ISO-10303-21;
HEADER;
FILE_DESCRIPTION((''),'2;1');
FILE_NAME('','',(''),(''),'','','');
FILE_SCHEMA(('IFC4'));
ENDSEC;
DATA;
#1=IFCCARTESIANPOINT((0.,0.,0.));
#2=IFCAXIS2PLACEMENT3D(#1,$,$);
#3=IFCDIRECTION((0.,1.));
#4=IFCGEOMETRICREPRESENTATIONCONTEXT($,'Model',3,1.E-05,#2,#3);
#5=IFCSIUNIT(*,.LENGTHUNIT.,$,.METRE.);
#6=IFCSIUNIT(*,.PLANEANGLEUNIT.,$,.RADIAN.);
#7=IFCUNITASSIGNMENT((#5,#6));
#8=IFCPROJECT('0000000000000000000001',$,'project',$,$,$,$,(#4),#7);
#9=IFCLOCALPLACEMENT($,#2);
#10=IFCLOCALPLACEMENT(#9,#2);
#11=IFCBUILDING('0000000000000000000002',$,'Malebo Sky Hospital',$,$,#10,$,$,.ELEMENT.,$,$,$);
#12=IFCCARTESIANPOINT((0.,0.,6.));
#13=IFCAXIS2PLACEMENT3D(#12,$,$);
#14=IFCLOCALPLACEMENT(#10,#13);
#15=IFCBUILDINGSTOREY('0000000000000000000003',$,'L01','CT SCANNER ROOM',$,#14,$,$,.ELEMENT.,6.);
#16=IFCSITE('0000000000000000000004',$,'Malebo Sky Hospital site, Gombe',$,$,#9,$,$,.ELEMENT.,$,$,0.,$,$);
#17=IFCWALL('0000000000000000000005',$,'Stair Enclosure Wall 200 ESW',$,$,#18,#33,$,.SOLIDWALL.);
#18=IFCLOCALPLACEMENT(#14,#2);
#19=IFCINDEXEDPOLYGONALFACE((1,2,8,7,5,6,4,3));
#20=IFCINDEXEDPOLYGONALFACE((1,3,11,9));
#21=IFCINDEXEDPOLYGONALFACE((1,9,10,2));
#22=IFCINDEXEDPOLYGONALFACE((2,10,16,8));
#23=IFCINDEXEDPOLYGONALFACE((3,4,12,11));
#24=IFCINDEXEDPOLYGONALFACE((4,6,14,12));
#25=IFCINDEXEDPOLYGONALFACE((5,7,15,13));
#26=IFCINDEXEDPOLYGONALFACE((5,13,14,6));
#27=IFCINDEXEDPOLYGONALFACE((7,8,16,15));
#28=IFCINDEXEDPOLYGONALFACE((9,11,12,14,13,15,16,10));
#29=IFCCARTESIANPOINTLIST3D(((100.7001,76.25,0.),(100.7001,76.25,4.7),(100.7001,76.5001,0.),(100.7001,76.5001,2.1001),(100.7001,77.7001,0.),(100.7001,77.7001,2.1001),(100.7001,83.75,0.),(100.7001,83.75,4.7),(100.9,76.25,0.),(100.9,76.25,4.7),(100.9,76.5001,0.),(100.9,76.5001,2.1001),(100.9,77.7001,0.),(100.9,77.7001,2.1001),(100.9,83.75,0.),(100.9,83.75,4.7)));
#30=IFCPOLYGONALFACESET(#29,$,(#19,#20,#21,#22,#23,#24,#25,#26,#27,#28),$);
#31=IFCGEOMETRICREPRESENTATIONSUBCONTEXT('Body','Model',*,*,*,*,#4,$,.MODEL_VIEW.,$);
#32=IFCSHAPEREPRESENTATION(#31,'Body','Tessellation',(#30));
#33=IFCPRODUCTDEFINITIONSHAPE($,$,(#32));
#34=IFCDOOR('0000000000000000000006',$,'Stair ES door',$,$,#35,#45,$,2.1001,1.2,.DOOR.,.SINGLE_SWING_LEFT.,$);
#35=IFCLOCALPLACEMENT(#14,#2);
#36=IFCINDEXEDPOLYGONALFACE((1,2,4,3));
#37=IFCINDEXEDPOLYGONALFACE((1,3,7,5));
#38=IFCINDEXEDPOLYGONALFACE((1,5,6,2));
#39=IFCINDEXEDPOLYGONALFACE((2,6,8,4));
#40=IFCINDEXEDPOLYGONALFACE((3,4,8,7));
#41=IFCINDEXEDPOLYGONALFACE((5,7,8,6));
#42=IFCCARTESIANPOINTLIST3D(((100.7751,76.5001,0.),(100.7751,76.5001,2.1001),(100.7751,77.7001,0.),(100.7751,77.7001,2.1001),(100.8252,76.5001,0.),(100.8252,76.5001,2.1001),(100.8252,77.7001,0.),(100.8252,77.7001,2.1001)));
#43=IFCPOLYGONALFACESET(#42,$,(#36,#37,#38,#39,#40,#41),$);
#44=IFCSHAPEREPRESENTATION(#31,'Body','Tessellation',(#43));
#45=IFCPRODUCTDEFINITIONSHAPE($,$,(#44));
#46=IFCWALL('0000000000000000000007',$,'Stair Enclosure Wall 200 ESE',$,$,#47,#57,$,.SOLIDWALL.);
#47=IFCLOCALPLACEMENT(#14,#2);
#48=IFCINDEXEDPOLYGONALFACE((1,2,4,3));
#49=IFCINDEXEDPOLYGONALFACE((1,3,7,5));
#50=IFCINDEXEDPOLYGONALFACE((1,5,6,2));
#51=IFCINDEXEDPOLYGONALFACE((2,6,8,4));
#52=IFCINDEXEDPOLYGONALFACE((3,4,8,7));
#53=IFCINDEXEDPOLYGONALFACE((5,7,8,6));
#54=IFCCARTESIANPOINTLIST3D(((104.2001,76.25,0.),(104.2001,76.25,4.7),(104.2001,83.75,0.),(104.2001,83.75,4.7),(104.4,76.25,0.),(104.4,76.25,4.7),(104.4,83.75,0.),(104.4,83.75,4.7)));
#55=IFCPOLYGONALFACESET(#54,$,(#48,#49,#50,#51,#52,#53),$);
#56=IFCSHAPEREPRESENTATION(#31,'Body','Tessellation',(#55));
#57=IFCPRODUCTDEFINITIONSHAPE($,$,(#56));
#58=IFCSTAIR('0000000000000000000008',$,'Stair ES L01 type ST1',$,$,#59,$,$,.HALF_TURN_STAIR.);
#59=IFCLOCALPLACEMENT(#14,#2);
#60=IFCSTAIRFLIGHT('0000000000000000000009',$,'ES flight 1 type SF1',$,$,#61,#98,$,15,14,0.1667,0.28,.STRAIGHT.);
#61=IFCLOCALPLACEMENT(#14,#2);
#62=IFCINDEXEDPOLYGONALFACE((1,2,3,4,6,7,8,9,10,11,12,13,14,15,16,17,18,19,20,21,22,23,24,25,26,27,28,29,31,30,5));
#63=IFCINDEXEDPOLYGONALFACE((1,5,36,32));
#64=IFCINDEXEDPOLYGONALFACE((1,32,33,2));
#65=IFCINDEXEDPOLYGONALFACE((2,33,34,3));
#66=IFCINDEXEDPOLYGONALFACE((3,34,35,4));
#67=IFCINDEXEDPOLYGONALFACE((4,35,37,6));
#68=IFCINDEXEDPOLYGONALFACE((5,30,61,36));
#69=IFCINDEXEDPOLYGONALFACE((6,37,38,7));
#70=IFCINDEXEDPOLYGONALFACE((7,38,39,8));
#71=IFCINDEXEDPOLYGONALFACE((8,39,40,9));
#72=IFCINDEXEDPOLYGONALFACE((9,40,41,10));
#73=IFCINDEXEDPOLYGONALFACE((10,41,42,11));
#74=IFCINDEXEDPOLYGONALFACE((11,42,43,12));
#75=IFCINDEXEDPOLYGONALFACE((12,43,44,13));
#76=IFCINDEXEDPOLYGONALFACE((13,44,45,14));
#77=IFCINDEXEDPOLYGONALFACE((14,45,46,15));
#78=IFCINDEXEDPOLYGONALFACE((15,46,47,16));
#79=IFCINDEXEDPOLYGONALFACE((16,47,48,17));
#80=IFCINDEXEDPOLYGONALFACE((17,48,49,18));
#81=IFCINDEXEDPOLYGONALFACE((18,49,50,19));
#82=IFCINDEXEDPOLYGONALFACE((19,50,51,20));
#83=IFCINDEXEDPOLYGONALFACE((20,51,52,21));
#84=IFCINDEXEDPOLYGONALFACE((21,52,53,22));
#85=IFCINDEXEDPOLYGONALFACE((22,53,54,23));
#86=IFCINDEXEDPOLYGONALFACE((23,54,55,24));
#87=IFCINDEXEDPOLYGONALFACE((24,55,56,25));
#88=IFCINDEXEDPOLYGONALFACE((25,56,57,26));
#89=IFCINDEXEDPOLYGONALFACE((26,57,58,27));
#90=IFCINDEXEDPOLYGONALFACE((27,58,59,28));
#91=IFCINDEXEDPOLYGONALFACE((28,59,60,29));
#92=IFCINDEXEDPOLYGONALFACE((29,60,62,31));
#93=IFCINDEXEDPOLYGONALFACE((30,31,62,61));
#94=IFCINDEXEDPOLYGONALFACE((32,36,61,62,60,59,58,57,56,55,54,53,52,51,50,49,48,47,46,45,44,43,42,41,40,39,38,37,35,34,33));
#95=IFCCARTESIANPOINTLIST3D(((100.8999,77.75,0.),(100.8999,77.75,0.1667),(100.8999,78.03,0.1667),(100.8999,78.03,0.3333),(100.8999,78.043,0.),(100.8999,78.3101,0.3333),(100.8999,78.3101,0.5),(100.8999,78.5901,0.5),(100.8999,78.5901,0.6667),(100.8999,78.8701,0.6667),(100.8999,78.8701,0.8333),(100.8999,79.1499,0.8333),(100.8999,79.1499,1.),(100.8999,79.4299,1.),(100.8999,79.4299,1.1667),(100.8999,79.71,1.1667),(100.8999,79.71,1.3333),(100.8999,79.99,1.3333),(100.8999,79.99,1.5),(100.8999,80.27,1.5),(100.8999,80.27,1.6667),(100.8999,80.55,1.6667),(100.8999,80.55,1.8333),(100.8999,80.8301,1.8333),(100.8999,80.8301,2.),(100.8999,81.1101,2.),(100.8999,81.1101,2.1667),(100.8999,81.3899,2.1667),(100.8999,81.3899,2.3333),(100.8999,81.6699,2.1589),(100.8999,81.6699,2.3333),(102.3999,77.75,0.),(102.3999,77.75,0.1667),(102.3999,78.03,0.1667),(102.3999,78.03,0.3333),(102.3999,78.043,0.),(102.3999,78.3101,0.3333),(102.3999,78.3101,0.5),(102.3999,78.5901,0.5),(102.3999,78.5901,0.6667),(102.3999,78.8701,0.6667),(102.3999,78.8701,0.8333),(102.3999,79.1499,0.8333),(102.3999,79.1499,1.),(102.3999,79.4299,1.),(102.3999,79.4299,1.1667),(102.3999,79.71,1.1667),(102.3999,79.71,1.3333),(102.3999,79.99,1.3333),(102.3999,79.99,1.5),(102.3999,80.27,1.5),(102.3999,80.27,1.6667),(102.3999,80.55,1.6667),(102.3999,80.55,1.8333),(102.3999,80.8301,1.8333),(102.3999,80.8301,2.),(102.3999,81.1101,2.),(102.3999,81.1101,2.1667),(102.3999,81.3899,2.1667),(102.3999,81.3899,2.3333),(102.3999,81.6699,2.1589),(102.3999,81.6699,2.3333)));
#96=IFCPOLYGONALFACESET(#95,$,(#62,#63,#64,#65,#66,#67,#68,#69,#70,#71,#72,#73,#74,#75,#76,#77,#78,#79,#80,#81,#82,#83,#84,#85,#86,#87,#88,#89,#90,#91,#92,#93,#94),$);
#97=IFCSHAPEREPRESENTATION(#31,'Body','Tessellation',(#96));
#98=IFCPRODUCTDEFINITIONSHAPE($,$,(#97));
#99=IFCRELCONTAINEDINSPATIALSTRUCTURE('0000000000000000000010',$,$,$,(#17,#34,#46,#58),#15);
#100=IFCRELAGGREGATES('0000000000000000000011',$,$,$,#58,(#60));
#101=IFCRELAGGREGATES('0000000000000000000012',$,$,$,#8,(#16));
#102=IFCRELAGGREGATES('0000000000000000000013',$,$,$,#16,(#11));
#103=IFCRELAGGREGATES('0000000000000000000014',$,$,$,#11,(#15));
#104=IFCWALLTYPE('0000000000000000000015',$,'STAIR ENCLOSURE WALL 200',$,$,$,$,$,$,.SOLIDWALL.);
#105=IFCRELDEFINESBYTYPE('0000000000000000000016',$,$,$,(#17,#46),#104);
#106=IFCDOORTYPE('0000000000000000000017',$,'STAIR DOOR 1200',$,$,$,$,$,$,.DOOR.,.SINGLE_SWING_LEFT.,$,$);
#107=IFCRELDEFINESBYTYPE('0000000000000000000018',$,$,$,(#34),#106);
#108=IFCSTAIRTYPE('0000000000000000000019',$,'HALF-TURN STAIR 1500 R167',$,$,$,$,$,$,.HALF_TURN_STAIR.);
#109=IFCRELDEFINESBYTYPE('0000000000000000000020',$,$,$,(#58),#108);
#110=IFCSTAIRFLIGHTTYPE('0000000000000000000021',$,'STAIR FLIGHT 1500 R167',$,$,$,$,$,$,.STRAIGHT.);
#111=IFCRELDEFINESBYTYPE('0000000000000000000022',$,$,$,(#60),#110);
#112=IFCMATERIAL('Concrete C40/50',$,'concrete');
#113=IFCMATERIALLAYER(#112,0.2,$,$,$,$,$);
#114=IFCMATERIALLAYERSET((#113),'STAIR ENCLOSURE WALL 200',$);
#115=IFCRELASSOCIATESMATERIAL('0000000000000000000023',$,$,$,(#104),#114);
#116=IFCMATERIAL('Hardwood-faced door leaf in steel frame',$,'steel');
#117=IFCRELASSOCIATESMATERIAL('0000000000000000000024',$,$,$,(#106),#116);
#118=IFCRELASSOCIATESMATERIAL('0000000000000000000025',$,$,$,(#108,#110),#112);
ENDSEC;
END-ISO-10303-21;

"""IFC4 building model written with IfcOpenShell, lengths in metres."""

from ifc_helpers import new_model, si_unit, direction, frame, frame_2d, origin, place, context, subcontext, project, spatial, polyline, rectangle, outline, extrude, material, layer, layer_set, type_object, element, fill, aggregate, save


model = new_model("IFC4")

# Units and contexts
model_context = context("Model", 3, precision=1e-05, world=origin(), true_north=direction((0.0, 1.0)))
body_context = subcontext(model_context, "Body", "Model", "MODEL_VIEW")
ifc_project = project(units=[si_unit("LENGTHUNIT", "METRE"), si_unit("PLANEANGLEUNIT", "RADIAN")], contexts=[model_context])

# Site, building, storey
site_placement = place(None, origin())
site = spatial("IfcSite", under=ifc_project, at=site_placement, Name="Malebo Sky Hospital site, Gombe", CompositionType="ELEMENT", RefElevation=0.0)
building_placement = place(site_placement, origin())
building = spatial("IfcBuilding", under=site, at=building_placement, Name="Malebo Sky Hospital", CompositionType="ELEMENT")
storey_placement = place(building_placement, frame((0.0, 0.0, 6.0)))
storey = spatial("IfcBuildingStorey", under=building, at=storey_placement, Name="L01", Description="CT SCANNER ROOM", CompositionType="ELEMENT", Elevation=6.0)

# Shared definitions
ifc_material_1 = material(Name="Hardwood-faced door leaf in steel frame", Category="steel")

# Shared definitions
ifc_material_2 = material(Name="Concrete C40/50", Category="concrete")
ifc_layer_1 = layer(ifc_material_2, 0.2)
ifc_layer_set_1 = layer_set([ifc_layer_1], Name="STAIR ENCLOSURE WALL 200")
wall_type_1 = type_object("IfcWallType", Name="STAIR ENCLOSURE WALL 200", PredefinedType="SOLIDWALL", material=ifc_layer_set_1)

# Wall, opening, door
wall_1_placement = place(storey_placement, frame((100.8, 76.25, 0.0), z_axis=(0.0, 0.0, 1.0), x_axis=(0.0, 1.0, 0.0)))
wall_1 = element("IfcWall", 1, at=wall_1_placement, inside=storey, type_object=wall_type_1, Name="Stair Enclosure Wall 200 ESW", PredefinedType="SOLIDWALL", context=body_context, shape_type="SweptSolid", body=[
    extrude(rectangle(XDim=7.5, YDim=0.2, at=frame_2d((3.75, 0.0))), origin(), (0.0, 0.0, 1.0), 4.7),
])
opening_1_placement = place(wall_1_placement, frame((0.25, 0.0, 0.0)))
opening_1 = element("IfcOpeningElement", 2, at=opening_1_placement, cuts=wall_1, PredefinedType="OPENING", context=body_context, shape_type="SweptSolid", body=[
    extrude(rectangle(XDim=1.2, YDim=2.1001, at=frame_2d((0.6001, 1.05))), frame((0.0, 0.1099, 0.0), z_axis=(0.0, -1.0, 0.0), x_axis=(1.0, 0.0, 0.0)), (0.0, 0.0, 1.0), 0.22),
])
door_type_1 = type_object("IfcDoorType", Name="STAIR DOOR 1200", OperationType="SINGLE_SWING_LEFT", PredefinedType="DOOR", material=ifc_material_1)
door_1_placement = place(opening_1_placement, origin())
door_1 = element("IfcDoor", 3, at=door_1_placement, inside=storey, type_object=door_type_1, Name="Stair ES door", OperationType="SINGLE_SWING_LEFT", OverallHeight=2.1001, OverallWidth=1.2, PredefinedType="DOOR", context=body_context, shape_type="SweptSolid", body=[
    extrude(rectangle(XDim=1.2, YDim=2.1001, at=frame_2d((0.6001, 1.05))), frame((0.0, 0.0249, 0.0), z_axis=(0.0, -1.0, 0.0), x_axis=(1.0, 0.0, 0.0)), (0.0, 0.0, 1.0), 0.05),
])
fill(opening_1, door_1)

# Wall
wall_2_placement = place(storey_placement, frame((104.3, 76.25, 0.0), z_axis=(0.0, 0.0, 1.0), x_axis=(0.0, 1.0, 0.0)))
element("IfcWall", 4, at=wall_2_placement, inside=storey, type_object=wall_type_1, Name="Stair Enclosure Wall 200 ESE", PredefinedType="SOLIDWALL", context=body_context, shape_type="SweptSolid", body=[
    extrude(rectangle(XDim=7.5, YDim=0.2, at=frame_2d((3.75, 0.0))), origin(), (0.0, 0.0, 1.0), 4.7),
])

# Stair, stair flight
stair_type = type_object("IfcStairType", Name="HALF-TURN STAIR 1500 R167", PredefinedType="HALF_TURN_STAIR", material=ifc_material_2)
stair_placement = place(storey_placement, origin())
stair = element("IfcStair", 5, at=stair_placement, inside=storey, type_object=stair_type, Name="Stair ES L01 type ST1", PredefinedType="HALF_TURN_STAIR")
stair_flight_type = type_object("IfcStairFlightType", Name="STAIR FLIGHT 1500 R167", PredefinedType="STRAIGHT", material=ifc_material_2)
stair_flight_placement = place(storey_placement, frame((101.6499, 77.75, 0.0), z_axis=(0.0, 0.0, 1.0), x_axis=(0.0, 1.0, 0.0)))
stair_flight = element("IfcStairFlight", 6, at=stair_flight_placement, type_object=stair_flight_type, Name="ES flight 1 type SF1", NumberOfRisers=15, NumberOfTreads=14, PredefinedType="STRAIGHT", RiserHeight=0.1667, TreadLength=0.28, context=body_context, shape_type="SweptSolid", body=[
    extrude(outline(polyline([(0.0, 0.0), (0.0, 0.1667), (0.28, 0.1667), (0.28, 0.3333), (0.5601, 0.3333), (0.5601, 0.5), (0.8401, 0.5), (0.8401, 0.6667), (1.1201, 0.6667), (1.1201, 0.8333), (1.3999, 0.8333), (1.3999, 1.0), (1.6799, 1.0), (1.6799, 1.1667), (1.96, 1.1667), (1.96, 1.3333), (2.24, 1.3333), (2.24, 1.5), (2.52, 1.5), (2.52, 1.6667), (2.8, 1.6667), (2.8, 1.8333), (3.0801, 1.8333), (3.0801, 2.0), (3.3601, 2.0), (3.3601, 2.1667), (3.6399, 2.1667), (3.6399, 2.3333), (3.9199, 2.3333), (3.9199, 2.5), (3.9199, 2.1589), (0.293, 0.0), (0.0, 0.0)])), frame((0.0, 0.75, 0.0), z_axis=(0.0, -1.0, 0.0), x_axis=(1.0, 0.0, 0.0)), (0.0, 0.0, 1.0), 1.5),
])
aggregate(stair, [stair_flight])

save(model, "model.ifc")
